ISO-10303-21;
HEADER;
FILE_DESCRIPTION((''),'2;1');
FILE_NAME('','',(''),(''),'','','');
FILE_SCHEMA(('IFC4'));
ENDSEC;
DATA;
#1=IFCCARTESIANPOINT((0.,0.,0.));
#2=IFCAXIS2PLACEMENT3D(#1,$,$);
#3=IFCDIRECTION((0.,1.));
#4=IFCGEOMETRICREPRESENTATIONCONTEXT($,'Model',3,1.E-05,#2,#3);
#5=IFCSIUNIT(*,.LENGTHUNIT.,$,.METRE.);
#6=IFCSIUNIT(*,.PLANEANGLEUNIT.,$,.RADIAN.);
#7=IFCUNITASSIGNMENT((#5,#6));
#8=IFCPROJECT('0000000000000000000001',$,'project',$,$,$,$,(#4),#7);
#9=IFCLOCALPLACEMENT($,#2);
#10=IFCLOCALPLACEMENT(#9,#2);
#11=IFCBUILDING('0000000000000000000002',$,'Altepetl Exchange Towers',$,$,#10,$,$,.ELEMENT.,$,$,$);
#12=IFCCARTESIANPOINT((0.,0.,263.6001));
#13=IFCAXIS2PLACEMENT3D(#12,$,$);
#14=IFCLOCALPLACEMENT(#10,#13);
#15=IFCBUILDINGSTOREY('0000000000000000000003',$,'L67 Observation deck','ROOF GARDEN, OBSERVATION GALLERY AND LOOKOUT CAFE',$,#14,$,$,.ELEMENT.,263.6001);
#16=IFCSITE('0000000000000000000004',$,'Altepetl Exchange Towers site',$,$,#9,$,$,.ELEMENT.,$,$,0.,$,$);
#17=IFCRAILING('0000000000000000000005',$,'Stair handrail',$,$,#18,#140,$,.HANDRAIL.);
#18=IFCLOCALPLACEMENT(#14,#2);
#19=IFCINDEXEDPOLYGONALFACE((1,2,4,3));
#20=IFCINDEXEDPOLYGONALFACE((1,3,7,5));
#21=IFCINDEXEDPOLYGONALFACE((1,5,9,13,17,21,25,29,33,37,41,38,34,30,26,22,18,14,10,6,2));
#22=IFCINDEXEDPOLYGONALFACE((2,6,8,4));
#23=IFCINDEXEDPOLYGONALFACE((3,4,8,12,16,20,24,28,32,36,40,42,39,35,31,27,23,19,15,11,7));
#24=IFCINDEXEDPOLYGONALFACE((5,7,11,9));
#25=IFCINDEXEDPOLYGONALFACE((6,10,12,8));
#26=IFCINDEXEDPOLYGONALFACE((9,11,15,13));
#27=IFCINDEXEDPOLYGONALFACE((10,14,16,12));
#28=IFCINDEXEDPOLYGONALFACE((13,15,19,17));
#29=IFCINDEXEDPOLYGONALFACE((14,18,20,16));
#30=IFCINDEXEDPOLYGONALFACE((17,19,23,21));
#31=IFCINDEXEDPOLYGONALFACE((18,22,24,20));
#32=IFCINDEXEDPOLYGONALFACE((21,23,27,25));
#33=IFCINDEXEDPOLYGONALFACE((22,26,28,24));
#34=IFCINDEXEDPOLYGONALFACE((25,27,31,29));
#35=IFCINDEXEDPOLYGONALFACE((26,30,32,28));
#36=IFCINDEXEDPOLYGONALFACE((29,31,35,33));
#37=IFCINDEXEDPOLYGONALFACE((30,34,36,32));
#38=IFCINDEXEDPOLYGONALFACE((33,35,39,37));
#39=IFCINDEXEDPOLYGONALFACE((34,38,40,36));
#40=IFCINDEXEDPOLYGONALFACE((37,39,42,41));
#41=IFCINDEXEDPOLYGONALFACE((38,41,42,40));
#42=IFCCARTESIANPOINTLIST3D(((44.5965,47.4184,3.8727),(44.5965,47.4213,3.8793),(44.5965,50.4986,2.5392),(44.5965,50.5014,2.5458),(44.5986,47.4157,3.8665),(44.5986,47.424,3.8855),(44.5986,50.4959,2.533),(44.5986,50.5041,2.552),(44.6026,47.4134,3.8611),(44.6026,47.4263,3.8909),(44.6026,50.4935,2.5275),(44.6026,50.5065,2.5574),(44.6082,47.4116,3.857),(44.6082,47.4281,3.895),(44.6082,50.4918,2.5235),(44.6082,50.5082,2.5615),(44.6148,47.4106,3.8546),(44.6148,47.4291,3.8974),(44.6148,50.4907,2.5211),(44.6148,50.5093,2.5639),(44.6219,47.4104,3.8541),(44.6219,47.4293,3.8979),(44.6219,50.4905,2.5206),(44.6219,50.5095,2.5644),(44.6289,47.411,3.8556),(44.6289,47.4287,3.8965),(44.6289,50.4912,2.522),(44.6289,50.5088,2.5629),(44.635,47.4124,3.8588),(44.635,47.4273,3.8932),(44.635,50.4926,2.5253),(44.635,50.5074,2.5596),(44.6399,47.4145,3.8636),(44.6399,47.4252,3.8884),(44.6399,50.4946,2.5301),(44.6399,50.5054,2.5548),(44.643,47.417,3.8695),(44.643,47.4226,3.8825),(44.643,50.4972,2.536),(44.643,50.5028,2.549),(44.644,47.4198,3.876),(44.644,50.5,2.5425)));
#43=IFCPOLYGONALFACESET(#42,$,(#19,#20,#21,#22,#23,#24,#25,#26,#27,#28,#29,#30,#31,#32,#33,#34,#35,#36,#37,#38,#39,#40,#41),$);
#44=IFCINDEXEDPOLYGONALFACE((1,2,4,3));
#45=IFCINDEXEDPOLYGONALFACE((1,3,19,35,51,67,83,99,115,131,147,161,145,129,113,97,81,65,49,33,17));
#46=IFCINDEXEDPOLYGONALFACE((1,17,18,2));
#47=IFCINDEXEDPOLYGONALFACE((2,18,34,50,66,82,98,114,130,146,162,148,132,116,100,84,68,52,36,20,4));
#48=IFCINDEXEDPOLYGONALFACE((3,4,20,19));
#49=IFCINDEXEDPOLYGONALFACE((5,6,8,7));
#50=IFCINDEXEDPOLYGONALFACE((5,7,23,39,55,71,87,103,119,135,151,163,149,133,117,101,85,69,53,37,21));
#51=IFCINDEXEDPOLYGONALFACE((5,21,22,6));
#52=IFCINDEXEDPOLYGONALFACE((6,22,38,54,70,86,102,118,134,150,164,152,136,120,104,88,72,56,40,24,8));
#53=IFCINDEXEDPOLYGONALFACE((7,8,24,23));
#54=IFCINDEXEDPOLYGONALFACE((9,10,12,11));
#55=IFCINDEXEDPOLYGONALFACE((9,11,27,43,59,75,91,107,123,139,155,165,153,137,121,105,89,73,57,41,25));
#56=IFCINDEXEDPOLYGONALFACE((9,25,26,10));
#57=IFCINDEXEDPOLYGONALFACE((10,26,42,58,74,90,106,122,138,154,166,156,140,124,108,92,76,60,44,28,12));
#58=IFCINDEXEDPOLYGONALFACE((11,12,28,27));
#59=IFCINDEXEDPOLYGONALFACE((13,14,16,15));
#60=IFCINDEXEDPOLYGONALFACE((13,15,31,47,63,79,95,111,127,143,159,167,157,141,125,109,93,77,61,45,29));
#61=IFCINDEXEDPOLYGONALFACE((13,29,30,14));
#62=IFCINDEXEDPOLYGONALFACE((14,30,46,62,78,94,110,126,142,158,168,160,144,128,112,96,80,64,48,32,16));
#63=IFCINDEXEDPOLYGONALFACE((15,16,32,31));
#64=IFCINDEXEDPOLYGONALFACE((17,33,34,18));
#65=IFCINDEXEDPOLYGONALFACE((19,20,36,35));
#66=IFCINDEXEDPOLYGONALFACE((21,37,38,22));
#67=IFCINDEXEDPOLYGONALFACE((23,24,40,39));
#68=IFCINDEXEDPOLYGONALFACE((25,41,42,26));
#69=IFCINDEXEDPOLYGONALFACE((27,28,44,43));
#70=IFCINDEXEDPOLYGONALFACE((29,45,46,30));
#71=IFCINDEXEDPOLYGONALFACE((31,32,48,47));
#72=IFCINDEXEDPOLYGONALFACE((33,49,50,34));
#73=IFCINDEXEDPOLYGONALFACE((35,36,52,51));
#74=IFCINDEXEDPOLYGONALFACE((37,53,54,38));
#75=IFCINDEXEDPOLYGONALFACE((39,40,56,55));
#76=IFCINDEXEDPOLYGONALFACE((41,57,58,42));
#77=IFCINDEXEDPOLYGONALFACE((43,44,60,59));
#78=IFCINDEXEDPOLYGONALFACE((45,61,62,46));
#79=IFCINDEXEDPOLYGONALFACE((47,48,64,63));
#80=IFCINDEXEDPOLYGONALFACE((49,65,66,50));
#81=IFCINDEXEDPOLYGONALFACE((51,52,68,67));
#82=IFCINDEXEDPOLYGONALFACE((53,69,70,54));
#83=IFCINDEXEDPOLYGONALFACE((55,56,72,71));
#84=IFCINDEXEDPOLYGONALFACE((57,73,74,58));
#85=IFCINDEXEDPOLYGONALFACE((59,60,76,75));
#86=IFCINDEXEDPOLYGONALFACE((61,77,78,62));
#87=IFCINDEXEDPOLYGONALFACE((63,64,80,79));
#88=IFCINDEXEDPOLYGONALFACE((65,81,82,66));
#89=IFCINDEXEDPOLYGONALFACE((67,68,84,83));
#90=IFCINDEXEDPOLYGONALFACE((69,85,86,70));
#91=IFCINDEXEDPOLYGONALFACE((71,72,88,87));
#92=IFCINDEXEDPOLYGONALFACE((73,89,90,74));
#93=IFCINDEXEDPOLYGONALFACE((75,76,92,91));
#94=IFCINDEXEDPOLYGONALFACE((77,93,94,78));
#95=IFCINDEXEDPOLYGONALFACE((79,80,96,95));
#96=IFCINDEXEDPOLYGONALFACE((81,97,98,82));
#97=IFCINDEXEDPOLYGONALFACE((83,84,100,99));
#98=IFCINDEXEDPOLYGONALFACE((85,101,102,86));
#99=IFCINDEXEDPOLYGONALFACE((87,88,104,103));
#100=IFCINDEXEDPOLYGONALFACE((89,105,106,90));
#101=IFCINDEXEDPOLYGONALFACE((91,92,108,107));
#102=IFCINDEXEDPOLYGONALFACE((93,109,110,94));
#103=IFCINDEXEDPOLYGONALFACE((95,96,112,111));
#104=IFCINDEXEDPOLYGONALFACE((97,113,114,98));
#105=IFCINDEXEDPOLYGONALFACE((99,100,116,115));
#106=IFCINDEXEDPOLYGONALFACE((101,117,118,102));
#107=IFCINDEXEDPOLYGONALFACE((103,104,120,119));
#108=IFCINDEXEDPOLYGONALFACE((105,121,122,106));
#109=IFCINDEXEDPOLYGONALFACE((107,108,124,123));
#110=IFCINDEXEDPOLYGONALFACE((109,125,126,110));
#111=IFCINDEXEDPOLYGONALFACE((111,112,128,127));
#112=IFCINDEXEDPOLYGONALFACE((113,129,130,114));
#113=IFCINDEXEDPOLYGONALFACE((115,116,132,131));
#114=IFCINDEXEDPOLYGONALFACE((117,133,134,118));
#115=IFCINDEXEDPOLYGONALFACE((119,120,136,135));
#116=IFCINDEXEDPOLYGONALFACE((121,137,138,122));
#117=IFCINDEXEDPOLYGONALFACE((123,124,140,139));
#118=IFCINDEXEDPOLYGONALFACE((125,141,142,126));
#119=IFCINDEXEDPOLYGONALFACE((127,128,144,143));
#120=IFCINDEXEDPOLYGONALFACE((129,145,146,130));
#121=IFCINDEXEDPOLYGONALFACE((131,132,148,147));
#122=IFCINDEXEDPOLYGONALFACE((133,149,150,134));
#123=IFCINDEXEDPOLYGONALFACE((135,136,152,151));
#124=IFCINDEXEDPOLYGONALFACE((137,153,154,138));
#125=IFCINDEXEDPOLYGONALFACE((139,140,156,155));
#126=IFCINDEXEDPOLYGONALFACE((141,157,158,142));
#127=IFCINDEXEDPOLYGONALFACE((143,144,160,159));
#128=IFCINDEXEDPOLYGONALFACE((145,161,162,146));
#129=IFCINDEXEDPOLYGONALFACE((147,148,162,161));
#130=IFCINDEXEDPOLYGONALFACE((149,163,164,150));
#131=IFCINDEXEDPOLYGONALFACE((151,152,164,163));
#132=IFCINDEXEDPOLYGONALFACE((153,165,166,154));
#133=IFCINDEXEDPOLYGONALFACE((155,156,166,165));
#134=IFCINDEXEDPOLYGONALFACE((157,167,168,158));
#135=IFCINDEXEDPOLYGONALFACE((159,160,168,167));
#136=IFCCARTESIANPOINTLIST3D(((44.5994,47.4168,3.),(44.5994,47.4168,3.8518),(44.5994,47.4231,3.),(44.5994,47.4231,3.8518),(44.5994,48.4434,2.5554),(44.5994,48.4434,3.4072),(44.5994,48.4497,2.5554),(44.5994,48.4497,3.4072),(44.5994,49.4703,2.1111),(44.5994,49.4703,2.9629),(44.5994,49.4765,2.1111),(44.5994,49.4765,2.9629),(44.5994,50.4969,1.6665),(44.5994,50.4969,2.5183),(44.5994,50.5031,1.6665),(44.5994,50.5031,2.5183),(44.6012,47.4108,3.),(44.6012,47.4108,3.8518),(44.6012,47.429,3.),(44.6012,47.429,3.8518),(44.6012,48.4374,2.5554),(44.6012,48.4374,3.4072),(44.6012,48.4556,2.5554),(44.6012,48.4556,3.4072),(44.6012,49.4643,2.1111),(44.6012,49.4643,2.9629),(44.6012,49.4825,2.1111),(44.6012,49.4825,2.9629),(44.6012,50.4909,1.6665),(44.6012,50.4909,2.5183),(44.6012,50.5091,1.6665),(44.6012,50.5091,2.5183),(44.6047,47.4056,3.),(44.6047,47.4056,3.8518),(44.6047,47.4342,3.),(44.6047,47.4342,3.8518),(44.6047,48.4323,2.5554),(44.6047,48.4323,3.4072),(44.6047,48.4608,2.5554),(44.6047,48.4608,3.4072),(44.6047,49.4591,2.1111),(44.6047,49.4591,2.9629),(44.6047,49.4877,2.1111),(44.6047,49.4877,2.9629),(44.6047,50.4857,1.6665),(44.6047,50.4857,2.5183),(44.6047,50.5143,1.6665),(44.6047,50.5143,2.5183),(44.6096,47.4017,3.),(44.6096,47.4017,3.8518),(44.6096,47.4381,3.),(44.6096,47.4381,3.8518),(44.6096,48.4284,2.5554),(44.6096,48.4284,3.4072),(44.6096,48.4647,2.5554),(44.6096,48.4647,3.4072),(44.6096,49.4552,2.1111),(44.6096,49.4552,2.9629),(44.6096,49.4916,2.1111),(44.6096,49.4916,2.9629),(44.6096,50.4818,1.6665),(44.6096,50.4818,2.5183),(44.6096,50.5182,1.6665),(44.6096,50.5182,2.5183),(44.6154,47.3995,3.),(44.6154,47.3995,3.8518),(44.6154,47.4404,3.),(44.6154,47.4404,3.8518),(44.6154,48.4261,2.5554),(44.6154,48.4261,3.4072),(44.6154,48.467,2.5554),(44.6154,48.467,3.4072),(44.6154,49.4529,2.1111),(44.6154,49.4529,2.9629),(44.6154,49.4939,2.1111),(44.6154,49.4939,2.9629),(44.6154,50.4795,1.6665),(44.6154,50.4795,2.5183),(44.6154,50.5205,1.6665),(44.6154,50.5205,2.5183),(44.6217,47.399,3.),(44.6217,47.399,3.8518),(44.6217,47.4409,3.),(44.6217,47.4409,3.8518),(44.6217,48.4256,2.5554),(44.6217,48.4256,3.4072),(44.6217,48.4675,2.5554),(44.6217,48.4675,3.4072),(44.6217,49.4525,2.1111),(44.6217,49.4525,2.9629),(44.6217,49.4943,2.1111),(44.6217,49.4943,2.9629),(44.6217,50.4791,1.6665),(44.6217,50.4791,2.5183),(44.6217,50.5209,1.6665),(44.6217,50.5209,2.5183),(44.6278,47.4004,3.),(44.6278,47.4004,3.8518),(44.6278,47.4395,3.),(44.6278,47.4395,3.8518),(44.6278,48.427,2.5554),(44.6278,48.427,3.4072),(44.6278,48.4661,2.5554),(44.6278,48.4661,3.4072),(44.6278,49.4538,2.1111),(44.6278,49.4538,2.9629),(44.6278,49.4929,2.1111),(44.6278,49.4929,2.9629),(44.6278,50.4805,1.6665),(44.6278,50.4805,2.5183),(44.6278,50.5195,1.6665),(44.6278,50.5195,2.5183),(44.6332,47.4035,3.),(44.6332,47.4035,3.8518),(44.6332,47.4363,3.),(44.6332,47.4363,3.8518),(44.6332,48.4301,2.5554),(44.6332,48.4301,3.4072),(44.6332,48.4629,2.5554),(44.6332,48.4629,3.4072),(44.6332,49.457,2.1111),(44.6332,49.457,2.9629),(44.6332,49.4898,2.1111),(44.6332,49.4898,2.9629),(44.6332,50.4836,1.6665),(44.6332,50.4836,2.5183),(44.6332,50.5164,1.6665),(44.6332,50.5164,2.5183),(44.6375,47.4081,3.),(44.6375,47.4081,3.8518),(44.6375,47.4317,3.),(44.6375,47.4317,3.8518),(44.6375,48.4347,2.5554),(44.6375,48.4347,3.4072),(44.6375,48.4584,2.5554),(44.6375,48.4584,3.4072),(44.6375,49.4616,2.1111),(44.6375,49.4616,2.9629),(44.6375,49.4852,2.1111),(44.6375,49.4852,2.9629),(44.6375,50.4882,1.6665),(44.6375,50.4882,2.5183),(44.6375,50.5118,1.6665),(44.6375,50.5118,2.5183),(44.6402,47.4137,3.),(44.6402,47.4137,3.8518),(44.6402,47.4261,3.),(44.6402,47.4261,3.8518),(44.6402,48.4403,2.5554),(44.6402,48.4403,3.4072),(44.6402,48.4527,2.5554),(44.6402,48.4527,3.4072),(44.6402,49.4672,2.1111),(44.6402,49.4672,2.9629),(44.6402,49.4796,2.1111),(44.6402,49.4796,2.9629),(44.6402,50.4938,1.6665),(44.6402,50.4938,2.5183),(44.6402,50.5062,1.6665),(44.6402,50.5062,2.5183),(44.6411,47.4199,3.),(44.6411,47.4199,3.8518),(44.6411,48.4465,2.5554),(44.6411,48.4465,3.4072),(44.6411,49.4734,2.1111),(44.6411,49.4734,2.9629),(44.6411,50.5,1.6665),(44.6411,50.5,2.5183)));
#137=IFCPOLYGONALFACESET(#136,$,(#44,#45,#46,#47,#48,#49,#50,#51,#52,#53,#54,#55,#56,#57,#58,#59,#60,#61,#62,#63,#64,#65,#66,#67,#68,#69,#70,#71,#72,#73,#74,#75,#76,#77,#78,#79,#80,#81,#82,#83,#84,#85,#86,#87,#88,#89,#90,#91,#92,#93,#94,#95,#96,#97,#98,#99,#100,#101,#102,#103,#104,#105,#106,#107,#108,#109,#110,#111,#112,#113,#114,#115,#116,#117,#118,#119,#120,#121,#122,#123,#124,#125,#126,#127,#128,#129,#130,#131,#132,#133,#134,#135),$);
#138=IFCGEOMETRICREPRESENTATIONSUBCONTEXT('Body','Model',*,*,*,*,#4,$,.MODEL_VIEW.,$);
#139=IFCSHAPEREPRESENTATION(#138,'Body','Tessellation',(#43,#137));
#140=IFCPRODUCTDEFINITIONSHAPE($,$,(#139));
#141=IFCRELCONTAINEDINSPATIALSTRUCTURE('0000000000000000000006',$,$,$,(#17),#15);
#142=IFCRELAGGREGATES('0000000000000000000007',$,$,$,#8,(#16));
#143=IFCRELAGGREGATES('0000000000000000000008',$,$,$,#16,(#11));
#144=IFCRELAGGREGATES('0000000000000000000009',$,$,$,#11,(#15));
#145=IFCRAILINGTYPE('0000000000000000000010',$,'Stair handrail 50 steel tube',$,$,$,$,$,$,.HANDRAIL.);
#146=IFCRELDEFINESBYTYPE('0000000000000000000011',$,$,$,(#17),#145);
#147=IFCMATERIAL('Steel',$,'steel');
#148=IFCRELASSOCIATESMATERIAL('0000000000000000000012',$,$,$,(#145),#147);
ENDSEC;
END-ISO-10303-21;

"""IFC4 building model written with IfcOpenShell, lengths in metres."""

from ifc_helpers import new_model, si_unit, direction, frame, origin, origin_2d, place, context, subcontext, project, spatial, circle, extrude, source, transform, mapped, material, type_object, element, save


model = new_model("IFC4")

# Units and contexts
model_context = context("Model", 3, precision=1e-05, world=origin(), true_north=direction((0.0, 1.0)))
body_context = subcontext(model_context, "Body", "Model", "MODEL_VIEW")
ifc_project = project(units=[si_unit("LENGTHUNIT", "METRE"), si_unit("PLANEANGLEUNIT", "RADIAN")], contexts=[model_context])

# Site, building, storey
site_placement = place(None, origin())
site = spatial("IfcSite", under=ifc_project, at=site_placement, Name="Altepetl Exchange Towers site", CompositionType="ELEMENT", RefElevation=0.0)
building_placement = place(site_placement, origin())
building = spatial("IfcBuilding", under=site, at=building_placement, Name="Altepetl Exchange Towers", CompositionType="ELEMENT")
storey_placement = place(building_placement, frame((0.0, 0.0, 263.6001)))
storey = spatial("IfcBuildingStorey", under=building, at=storey_placement, Name="L67 Observation deck", Description="ROOF GARDEN, OBSERVATION GALLERY AND LOOKOUT CAFE", CompositionType="ELEMENT", Elevation=263.6001)

# Railing
ifc_material_1 = material(Name="Steel", Category="steel")
railing_type = type_object("IfcRailingType", Name="Stair handrail 50 steel tube", PredefinedType="HANDRAIL", material=ifc_material_1)
shared_shape = source(origin(), body_context, "Body", "SweptSolid", [
    extrude(circle(Radius=0.021, at=origin_2d()), origin(), (0.0, 0.0, 1.0), 0.8518),
])
for number, where, name in (
    (1, (44.6201, 50.5, 1.6665), "Stair handrail"),
):
    element("IfcRailing", number, at=place(storey_placement, frame(where)), inside=storey, type_object=railing_type, Name=name, PredefinedType="HANDRAIL", context=body_context, shape_type="SweptSolid", body=[
        extrude(circle(Radius=0.0239, at=origin_2d()), frame((0.0, 0.0, 0.876), z_axis=(0.0, -0.917686, 0.397305), x_axis=(1.0, 0.0, 0.0)), (0.0, 0.0, 1.0), 3.3564),
        mapped(shared_shape, transform((0.0, 0.0, 0.0))),
        mapped(shared_shape, transform((0.0, -1.0266, 0.4446))),
        mapped(shared_shape, transform((0.0, -2.0535, 0.8889))),
        mapped(shared_shape, transform((0.0, -3.0801, 1.3335))),
    ])

save(model, "model.ifc")
